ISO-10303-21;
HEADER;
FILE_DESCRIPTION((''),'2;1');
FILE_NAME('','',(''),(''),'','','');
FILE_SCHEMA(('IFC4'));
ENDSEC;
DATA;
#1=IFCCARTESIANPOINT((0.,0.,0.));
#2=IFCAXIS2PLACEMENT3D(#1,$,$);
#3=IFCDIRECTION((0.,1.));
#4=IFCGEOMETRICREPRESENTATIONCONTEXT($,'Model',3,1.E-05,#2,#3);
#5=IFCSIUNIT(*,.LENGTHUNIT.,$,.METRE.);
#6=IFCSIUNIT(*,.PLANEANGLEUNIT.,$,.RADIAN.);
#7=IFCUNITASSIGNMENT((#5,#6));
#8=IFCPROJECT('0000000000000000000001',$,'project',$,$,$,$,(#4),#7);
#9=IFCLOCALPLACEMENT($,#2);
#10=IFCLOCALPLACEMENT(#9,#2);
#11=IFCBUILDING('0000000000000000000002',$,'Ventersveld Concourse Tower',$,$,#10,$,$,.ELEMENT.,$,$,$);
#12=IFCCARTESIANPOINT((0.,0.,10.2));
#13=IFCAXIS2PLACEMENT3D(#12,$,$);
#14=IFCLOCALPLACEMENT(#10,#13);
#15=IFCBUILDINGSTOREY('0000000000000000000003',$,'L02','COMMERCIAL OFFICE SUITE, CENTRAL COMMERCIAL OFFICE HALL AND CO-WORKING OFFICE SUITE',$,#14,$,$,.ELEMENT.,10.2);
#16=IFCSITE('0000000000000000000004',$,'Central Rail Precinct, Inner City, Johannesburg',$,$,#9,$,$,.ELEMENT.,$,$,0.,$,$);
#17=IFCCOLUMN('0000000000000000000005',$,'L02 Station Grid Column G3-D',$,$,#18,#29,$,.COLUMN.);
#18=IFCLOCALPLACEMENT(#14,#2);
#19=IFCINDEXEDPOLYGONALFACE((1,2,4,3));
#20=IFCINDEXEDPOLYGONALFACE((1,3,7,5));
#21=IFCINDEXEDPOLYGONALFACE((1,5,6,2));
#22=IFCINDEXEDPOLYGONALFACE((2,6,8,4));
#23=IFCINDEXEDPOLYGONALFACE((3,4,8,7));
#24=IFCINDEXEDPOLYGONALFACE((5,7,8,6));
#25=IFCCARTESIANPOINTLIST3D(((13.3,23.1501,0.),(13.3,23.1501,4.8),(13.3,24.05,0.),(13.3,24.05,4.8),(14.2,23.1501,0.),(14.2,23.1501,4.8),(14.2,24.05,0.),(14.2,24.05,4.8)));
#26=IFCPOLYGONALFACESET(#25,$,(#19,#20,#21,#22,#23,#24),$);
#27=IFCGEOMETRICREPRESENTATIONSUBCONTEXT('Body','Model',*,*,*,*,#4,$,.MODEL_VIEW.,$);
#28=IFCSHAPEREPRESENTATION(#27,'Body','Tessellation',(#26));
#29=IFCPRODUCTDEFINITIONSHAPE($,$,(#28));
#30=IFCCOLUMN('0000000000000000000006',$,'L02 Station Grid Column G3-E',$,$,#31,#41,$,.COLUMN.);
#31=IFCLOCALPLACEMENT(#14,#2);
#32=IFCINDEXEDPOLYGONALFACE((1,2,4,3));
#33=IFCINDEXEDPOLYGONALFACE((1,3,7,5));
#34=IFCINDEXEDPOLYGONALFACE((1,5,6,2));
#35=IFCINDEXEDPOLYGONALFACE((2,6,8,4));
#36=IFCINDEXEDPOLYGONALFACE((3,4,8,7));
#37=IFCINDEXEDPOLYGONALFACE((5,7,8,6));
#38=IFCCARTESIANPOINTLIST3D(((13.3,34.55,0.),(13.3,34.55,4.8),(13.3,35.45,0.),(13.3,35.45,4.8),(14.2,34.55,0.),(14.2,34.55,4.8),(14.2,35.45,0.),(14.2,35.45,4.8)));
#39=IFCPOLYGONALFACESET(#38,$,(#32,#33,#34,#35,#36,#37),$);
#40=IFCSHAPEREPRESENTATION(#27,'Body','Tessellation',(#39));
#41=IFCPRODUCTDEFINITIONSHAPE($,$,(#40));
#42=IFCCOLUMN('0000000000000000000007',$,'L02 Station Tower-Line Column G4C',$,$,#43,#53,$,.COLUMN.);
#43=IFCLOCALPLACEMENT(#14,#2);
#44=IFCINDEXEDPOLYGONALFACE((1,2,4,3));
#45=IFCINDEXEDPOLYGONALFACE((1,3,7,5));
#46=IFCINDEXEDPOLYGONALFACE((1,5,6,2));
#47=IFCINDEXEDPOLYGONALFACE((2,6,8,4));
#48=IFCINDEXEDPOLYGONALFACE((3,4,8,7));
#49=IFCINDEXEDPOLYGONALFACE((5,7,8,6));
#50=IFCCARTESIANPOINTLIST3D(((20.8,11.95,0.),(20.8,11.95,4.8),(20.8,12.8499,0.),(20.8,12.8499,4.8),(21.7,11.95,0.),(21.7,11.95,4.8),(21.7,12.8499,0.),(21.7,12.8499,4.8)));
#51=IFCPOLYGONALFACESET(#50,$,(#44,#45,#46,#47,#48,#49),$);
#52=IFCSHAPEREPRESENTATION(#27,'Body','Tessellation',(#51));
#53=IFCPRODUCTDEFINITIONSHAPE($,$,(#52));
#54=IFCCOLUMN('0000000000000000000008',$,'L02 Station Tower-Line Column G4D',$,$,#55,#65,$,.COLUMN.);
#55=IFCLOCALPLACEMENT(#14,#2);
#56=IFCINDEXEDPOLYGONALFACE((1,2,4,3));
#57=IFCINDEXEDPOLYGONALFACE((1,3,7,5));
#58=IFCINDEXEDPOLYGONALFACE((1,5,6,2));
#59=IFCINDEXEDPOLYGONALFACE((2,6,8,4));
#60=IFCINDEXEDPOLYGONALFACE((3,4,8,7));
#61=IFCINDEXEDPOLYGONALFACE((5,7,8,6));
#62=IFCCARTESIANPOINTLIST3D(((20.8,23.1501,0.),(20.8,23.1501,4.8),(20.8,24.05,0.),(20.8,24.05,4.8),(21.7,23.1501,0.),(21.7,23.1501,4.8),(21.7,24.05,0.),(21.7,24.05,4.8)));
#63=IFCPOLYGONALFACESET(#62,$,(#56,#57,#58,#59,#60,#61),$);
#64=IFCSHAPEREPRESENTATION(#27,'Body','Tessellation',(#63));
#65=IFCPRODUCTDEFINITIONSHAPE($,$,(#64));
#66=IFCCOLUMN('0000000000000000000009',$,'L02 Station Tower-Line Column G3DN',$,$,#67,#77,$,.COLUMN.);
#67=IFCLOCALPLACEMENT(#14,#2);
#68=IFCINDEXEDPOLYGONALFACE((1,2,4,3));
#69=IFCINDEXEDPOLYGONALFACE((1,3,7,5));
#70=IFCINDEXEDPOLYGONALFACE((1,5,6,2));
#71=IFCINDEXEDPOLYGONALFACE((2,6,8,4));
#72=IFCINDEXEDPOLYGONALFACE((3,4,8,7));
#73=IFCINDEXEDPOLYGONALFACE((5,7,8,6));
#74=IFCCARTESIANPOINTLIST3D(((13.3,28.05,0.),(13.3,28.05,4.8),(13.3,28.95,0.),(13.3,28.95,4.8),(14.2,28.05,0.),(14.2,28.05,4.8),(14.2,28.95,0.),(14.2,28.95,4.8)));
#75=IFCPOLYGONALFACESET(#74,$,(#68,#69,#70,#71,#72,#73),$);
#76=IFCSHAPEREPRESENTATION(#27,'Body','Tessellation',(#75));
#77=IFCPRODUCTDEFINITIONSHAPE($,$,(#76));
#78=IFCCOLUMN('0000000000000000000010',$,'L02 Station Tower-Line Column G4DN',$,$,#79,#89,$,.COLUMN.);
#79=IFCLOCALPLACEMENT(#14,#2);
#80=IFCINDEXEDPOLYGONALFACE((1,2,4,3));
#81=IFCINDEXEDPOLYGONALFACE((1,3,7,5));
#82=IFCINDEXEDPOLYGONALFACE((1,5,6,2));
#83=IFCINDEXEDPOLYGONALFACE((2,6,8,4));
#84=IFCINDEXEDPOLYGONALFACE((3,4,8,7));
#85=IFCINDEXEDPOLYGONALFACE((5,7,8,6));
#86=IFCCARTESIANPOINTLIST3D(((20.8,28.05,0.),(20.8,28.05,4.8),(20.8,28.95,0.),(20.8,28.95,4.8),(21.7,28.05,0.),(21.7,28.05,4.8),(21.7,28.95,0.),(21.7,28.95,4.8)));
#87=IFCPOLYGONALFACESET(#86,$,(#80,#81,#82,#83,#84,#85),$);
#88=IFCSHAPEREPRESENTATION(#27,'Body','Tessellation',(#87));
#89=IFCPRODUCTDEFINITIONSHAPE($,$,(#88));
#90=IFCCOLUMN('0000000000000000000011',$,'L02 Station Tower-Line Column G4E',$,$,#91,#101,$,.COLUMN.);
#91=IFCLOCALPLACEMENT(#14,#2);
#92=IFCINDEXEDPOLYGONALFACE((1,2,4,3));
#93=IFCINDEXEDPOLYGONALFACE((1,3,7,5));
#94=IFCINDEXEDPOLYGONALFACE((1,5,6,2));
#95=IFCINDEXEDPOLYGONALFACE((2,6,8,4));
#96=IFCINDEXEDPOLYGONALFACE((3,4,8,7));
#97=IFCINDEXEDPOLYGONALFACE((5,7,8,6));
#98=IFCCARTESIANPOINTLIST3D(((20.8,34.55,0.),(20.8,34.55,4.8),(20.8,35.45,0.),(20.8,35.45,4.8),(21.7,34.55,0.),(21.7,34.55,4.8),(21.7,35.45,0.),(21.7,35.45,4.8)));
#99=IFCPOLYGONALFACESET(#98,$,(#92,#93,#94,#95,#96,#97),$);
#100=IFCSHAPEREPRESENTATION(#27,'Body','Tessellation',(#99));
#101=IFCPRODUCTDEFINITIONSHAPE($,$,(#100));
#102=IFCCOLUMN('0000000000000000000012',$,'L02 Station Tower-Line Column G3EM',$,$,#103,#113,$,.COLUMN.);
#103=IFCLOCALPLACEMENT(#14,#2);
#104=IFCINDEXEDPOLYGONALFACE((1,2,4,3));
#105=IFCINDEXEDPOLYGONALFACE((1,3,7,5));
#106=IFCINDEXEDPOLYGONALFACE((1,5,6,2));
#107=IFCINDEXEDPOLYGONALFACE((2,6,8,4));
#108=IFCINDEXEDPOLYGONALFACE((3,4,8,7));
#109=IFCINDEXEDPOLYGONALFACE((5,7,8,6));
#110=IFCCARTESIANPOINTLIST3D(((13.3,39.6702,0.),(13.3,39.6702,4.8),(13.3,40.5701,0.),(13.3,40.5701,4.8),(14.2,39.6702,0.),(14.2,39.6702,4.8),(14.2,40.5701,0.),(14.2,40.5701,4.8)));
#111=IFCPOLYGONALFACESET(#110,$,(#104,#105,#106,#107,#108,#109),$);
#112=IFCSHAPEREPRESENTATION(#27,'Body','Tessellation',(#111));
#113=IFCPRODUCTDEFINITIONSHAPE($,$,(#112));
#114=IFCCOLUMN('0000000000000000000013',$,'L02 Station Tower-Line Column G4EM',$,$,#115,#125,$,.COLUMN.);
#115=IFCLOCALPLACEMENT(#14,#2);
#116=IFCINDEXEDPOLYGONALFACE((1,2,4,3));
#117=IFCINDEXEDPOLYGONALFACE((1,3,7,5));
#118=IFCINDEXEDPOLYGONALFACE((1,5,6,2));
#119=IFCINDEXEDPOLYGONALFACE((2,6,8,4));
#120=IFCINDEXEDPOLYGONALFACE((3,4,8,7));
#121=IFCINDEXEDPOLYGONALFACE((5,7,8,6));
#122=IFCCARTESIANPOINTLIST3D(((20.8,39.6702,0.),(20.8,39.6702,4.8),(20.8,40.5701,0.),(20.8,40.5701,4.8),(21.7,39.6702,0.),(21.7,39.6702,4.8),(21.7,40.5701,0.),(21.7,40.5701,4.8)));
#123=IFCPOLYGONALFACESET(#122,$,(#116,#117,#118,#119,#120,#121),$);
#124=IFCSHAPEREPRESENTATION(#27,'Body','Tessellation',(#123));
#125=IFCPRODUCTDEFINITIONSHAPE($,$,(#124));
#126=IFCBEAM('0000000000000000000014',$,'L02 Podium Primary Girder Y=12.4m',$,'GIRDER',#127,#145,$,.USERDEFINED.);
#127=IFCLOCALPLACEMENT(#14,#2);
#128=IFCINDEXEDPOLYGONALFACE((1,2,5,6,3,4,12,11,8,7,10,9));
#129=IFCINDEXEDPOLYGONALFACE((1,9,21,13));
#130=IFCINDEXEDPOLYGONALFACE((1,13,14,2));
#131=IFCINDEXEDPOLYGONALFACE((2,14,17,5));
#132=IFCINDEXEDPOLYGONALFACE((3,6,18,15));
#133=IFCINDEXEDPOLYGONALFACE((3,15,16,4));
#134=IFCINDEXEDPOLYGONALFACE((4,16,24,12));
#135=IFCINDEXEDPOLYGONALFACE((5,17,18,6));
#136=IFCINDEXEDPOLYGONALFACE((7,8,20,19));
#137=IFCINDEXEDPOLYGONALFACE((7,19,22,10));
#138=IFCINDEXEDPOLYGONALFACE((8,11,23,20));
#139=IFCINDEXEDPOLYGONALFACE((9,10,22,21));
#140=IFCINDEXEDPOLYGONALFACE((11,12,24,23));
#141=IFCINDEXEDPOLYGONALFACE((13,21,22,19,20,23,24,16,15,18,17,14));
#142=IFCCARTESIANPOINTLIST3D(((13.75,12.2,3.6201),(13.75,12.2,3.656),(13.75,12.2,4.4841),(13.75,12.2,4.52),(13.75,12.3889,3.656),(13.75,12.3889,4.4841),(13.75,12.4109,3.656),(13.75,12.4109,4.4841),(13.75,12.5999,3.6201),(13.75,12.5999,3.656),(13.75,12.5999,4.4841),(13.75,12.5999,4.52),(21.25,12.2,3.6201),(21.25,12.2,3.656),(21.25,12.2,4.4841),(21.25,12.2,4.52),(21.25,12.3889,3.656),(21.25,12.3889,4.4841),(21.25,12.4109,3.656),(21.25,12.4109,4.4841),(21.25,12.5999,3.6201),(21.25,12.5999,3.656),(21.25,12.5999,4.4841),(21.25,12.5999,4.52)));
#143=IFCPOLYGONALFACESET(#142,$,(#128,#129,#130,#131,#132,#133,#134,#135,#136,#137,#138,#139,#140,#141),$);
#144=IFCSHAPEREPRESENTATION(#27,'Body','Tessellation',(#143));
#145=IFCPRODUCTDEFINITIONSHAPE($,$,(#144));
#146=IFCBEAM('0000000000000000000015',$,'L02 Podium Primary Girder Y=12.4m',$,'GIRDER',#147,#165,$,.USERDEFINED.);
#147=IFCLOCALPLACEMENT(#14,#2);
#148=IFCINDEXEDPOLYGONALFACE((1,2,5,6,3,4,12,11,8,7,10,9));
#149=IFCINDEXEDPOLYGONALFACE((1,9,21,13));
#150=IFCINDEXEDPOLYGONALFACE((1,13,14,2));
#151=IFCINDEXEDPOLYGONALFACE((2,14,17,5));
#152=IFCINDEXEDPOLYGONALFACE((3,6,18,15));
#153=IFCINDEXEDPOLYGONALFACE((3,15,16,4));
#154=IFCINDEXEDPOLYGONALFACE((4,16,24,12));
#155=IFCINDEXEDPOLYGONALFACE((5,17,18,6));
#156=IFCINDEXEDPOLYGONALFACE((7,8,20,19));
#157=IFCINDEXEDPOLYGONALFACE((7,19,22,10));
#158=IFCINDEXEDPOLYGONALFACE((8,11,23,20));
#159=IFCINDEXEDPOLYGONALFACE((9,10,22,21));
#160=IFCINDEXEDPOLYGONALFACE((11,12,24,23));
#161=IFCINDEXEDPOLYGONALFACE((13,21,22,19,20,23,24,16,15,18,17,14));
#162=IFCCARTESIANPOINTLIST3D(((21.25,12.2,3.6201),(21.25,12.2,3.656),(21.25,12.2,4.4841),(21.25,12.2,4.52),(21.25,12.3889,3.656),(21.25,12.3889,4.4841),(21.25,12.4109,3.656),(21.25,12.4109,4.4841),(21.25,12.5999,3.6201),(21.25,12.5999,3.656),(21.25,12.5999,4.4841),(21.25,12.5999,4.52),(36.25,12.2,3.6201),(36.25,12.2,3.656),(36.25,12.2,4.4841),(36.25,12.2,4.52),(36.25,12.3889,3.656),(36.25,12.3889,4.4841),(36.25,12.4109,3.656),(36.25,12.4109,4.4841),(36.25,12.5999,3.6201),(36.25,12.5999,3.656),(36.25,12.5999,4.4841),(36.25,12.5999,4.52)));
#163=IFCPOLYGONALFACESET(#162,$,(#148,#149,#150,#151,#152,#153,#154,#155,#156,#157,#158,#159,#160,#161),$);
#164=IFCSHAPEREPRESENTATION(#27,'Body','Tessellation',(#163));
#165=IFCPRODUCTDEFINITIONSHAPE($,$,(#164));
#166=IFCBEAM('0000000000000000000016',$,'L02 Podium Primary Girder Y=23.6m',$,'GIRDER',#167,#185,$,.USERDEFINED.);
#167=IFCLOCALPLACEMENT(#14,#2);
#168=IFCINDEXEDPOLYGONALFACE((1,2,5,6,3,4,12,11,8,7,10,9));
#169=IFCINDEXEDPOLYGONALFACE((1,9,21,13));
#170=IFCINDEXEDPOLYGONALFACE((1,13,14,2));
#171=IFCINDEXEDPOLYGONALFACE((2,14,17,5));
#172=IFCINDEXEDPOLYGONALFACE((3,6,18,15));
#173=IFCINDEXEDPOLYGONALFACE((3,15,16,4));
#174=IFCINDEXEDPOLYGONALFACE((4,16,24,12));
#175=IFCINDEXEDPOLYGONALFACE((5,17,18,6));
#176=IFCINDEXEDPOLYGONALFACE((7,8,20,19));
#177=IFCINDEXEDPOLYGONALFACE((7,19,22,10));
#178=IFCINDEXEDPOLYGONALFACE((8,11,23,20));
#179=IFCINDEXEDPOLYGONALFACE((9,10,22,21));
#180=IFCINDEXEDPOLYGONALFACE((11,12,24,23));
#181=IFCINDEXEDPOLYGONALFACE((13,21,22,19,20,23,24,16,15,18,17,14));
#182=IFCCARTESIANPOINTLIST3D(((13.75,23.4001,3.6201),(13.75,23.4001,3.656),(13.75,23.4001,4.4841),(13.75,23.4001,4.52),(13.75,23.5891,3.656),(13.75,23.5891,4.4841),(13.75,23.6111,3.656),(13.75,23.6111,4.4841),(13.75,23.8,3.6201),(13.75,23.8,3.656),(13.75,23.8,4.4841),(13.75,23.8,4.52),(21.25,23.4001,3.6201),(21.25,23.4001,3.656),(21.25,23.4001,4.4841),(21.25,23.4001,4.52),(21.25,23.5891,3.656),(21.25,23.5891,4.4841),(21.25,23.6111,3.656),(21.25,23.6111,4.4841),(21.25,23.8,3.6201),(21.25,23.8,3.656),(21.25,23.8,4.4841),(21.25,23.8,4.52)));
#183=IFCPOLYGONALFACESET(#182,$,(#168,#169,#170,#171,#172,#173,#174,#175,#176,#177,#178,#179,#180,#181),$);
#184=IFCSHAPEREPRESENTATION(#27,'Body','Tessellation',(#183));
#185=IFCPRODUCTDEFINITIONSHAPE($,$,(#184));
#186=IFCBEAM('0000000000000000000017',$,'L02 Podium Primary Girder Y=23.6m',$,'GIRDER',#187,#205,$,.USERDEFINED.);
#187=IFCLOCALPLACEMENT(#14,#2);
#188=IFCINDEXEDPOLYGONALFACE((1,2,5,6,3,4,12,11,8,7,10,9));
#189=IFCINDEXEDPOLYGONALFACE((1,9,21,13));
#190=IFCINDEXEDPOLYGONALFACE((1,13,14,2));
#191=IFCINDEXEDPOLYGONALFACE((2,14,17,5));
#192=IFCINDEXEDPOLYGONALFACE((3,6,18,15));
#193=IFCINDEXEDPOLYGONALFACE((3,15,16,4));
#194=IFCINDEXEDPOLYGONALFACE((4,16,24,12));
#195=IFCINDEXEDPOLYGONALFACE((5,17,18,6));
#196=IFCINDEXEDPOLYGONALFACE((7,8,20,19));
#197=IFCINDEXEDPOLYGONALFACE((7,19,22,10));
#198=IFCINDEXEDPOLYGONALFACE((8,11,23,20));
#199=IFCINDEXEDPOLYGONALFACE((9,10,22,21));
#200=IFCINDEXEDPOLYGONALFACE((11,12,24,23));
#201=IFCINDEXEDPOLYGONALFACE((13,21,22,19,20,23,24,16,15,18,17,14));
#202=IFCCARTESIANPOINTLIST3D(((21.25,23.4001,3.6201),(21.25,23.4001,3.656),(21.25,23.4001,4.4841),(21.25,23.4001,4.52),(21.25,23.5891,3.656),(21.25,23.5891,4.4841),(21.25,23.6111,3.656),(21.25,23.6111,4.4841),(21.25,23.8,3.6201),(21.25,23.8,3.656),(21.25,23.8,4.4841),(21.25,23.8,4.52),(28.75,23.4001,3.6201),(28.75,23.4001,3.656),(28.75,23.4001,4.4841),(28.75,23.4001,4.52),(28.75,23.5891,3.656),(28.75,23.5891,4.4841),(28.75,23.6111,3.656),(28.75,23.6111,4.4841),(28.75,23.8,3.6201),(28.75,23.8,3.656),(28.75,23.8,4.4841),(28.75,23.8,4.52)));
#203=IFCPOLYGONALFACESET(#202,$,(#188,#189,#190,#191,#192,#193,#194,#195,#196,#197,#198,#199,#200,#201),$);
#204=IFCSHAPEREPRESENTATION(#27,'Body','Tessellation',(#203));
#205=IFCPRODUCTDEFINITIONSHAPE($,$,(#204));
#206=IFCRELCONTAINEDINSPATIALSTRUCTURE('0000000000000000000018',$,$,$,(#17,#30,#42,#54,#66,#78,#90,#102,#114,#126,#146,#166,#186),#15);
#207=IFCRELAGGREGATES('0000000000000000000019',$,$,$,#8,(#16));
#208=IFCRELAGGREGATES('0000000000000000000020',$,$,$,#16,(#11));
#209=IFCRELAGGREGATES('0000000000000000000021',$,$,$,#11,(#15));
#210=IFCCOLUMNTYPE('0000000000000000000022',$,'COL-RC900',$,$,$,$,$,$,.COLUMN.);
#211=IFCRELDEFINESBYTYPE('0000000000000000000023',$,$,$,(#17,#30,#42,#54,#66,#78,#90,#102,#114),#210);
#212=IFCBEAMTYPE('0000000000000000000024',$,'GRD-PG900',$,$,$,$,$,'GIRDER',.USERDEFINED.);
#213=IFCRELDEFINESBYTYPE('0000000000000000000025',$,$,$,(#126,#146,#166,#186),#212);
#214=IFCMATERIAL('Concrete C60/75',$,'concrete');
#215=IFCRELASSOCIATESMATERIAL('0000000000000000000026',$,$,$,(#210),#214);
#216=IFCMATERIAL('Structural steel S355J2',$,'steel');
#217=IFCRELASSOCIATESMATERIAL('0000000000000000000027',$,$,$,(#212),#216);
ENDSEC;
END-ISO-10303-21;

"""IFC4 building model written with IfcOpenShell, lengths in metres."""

from ifc_helpers import new_model, si_unit, direction, frame, origin, origin_2d, place, context, subcontext, project, spatial, rectangle, i_section, extrude, material, material_profile, profile_set, type_object, element, save


model = new_model("IFC4")

# Units and contexts
model_context = context("Model", 3, precision=1e-05, world=origin(), true_north=direction((0.0, 1.0)))
body_context = subcontext(model_context, "Body", "Model", "MODEL_VIEW")
ifc_project = project(units=[si_unit("LENGTHUNIT", "METRE"), si_unit("PLANEANGLEUNIT", "RADIAN")], contexts=[model_context])

# Site, building, storey
site_placement = place(None, origin())
site = spatial("IfcSite", under=ifc_project, at=site_placement, Name="Central Rail Precinct, Inner City, Johannesburg", CompositionType="ELEMENT", RefElevation=0.0)
building_placement = place(site_placement, origin())
building = spatial("IfcBuilding", under=site, at=building_placement, Name="Ventersveld Concourse Tower", CompositionType="ELEMENT")
storey_placement = place(building_placement, frame((0.0, 0.0, 10.2)))
storey = spatial("IfcBuildingStorey", under=building, at=storey_placement, Name="L02", Description="COMMERCIAL OFFICE SUITE, CENTRAL COMMERCIAL OFFICE HALL AND CO-WORKING OFFICE SUITE", CompositionType="ELEMENT", Elevation=10.2)

# Columns
ifc_material_1 = material(Name="Concrete C60/75", Category="concrete")
ifc_material_profile_1 = material_profile(ifc_material_1, rectangle(XDim=0.8999, YDim=0.8999, at=origin_2d()), Name="RC 900x900")
ifc_profile_set_1 = profile_set([ifc_material_profile_1], Name="Concrete C60/75")
column_type = type_object("IfcColumnType", Name="COL-RC900", PredefinedType="COLUMN", material=ifc_profile_set_1)
for number, where, z_axis, x_axis, name in (
    (1, (13.75, 23.6001, 0.0), (0.0, 0.0, 1.0), (1.0, 0.0, 0.0), "L02 Station Grid Column G3-D"),
    (2, (13.75, 35.0, 0.0), (0.0, 0.0, 1.0), (1.0, 0.0, 0.0), "L02 Station Grid Column G3-E"),
    (3, (21.25, 12.3999, 0.0), (0.0, 0.0, 1.0), (1.0, 0.0, 0.0), "L02 Station Tower-Line Column G4C"),
    (4, (21.25, 23.6001, 0.0), (0.0, 0.0, 1.0), (1.0, 0.0, 0.0), "L02 Station Tower-Line Column G4D"),
    (5, (13.75, 28.5, 0.0), (0.0, 0.0, 1.0), (1.0, 0.0, 0.0), "L02 Station Tower-Line Column G3DN"),
    (6, (21.25, 28.5, 0.0), (0.0, 0.0, 1.0), (1.0, 0.0, 0.0), "L02 Station Tower-Line Column G4DN"),
    (7, (21.25, 35.0, 0.0), (0.0, 0.0, 1.0), (1.0, 0.0, 0.0), "L02 Station Tower-Line Column G4E"),
    (8, (13.75, 40.1201, 0.0), (0.0, 0.0, 1.0), (1.0, 0.0, 0.0), "L02 Station Tower-Line Column G3EM"),
    (9, (21.25, 40.1201, 0.0), (0.0, 0.0, 1.0), (1.0, 0.0, 0.0), "L02 Station Tower-Line Column G4EM"),
):
    element("IfcColumn", number, at=place(storey_placement, frame(where, z_axis=z_axis, x_axis=x_axis)), inside=storey, type_object=column_type, Name=name, PredefinedType="COLUMN", context=body_context, shape_type="SweptSolid", body=[
        extrude(rectangle(XDim=0.8999, YDim=0.8999, at=origin_2d()), origin(), (0.0, 0.0, 1.0), 4.8),
    ])

# Beams
ifc_material_2 = material(Name="Structural steel S355J2", Category="steel")
ifc_material_profile_2 = material_profile(ifc_material_2, i_section(OverallWidth=0.3999, OverallDepth=0.8999, WebThickness=0.022, FlangeThickness=0.0359, at=origin_2d()), Name="PG 900x400x36")
ifc_profile_set_2 = profile_set([ifc_material_profile_2], Name="Structural steel S355J2")
beam_type_1 = type_object("IfcBeamType", Name="GRD-PG900", ElementType="GIRDER", PredefinedType="USERDEFINED", material=ifc_profile_set_2)
beam_1_placement = place(storey_placement, frame((13.75, 12.3999, 4.0701), z_axis=(1.0, 0.0, 0.0), x_axis=(0.0, 1.0, 0.0)))
element("IfcBeam", 10, at=beam_1_placement, inside=storey, type_object=beam_type_1, Name="L02 Podium Primary Girder Y=12.4m", ObjectType="GIRDER", PredefinedType="USERDEFINED", context=body_context, shape_type="SweptSolid", body=[
    extrude(i_section(OverallWidth=0.3999, OverallDepth=0.8999, WebThickness=0.022, FlangeThickness=0.0359, at=origin_2d()), origin(), (0.0, 0.0, 1.0), 7.5),
])
beam_2_placement = place(storey_placement, frame((21.25, 12.3999, 4.0701), z_axis=(1.0, 0.0, 0.0), x_axis=(0.0, 1.0, 0.0)))
element("IfcBeam", 11, at=beam_2_placement, inside=storey, type_object=beam_type_1, Name="L02 Podium Primary Girder Y=12.4m", ObjectType="GIRDER", PredefinedType="USERDEFINED", context=body_context, shape_type="SweptSolid", body=[
    extrude(i_section(OverallWidth=0.3999, OverallDepth=0.8999, WebThickness=0.022, FlangeThickness=0.0359, at=origin_2d()), origin(), (0.0, 0.0, 1.0), 15.0),
])
for number, where, z_axis, x_axis, name in (
    (12, (13.75, 23.6001, 4.0701), (1.0, 0.0, 0.0), (0.0, 1.0, 0.0), "L02 Podium Primary Girder Y=23.6m"),
    (13, (21.25, 23.6001, 4.0701), (1.0, 0.0, 0.0), (0.0, 1.0, 0.0), "L02 Podium Primary Girder Y=23.6m"),
):
    element("IfcBeam", number, at=place(storey_placement, frame(where, z_axis=z_axis, x_axis=x_axis)), inside=storey, type_object=beam_type_1, Name=name, ObjectType="GIRDER", PredefinedType="USERDEFINED", context=body_context, shape_type="SweptSolid", body=[
        extrude(i_section(OverallWidth=0.3999, OverallDepth=0.8999, WebThickness=0.022, FlangeThickness=0.0359, at=origin_2d()), origin(), (0.0, 0.0, 1.0), 7.5),
    ])

save(model, "model.ifc")
